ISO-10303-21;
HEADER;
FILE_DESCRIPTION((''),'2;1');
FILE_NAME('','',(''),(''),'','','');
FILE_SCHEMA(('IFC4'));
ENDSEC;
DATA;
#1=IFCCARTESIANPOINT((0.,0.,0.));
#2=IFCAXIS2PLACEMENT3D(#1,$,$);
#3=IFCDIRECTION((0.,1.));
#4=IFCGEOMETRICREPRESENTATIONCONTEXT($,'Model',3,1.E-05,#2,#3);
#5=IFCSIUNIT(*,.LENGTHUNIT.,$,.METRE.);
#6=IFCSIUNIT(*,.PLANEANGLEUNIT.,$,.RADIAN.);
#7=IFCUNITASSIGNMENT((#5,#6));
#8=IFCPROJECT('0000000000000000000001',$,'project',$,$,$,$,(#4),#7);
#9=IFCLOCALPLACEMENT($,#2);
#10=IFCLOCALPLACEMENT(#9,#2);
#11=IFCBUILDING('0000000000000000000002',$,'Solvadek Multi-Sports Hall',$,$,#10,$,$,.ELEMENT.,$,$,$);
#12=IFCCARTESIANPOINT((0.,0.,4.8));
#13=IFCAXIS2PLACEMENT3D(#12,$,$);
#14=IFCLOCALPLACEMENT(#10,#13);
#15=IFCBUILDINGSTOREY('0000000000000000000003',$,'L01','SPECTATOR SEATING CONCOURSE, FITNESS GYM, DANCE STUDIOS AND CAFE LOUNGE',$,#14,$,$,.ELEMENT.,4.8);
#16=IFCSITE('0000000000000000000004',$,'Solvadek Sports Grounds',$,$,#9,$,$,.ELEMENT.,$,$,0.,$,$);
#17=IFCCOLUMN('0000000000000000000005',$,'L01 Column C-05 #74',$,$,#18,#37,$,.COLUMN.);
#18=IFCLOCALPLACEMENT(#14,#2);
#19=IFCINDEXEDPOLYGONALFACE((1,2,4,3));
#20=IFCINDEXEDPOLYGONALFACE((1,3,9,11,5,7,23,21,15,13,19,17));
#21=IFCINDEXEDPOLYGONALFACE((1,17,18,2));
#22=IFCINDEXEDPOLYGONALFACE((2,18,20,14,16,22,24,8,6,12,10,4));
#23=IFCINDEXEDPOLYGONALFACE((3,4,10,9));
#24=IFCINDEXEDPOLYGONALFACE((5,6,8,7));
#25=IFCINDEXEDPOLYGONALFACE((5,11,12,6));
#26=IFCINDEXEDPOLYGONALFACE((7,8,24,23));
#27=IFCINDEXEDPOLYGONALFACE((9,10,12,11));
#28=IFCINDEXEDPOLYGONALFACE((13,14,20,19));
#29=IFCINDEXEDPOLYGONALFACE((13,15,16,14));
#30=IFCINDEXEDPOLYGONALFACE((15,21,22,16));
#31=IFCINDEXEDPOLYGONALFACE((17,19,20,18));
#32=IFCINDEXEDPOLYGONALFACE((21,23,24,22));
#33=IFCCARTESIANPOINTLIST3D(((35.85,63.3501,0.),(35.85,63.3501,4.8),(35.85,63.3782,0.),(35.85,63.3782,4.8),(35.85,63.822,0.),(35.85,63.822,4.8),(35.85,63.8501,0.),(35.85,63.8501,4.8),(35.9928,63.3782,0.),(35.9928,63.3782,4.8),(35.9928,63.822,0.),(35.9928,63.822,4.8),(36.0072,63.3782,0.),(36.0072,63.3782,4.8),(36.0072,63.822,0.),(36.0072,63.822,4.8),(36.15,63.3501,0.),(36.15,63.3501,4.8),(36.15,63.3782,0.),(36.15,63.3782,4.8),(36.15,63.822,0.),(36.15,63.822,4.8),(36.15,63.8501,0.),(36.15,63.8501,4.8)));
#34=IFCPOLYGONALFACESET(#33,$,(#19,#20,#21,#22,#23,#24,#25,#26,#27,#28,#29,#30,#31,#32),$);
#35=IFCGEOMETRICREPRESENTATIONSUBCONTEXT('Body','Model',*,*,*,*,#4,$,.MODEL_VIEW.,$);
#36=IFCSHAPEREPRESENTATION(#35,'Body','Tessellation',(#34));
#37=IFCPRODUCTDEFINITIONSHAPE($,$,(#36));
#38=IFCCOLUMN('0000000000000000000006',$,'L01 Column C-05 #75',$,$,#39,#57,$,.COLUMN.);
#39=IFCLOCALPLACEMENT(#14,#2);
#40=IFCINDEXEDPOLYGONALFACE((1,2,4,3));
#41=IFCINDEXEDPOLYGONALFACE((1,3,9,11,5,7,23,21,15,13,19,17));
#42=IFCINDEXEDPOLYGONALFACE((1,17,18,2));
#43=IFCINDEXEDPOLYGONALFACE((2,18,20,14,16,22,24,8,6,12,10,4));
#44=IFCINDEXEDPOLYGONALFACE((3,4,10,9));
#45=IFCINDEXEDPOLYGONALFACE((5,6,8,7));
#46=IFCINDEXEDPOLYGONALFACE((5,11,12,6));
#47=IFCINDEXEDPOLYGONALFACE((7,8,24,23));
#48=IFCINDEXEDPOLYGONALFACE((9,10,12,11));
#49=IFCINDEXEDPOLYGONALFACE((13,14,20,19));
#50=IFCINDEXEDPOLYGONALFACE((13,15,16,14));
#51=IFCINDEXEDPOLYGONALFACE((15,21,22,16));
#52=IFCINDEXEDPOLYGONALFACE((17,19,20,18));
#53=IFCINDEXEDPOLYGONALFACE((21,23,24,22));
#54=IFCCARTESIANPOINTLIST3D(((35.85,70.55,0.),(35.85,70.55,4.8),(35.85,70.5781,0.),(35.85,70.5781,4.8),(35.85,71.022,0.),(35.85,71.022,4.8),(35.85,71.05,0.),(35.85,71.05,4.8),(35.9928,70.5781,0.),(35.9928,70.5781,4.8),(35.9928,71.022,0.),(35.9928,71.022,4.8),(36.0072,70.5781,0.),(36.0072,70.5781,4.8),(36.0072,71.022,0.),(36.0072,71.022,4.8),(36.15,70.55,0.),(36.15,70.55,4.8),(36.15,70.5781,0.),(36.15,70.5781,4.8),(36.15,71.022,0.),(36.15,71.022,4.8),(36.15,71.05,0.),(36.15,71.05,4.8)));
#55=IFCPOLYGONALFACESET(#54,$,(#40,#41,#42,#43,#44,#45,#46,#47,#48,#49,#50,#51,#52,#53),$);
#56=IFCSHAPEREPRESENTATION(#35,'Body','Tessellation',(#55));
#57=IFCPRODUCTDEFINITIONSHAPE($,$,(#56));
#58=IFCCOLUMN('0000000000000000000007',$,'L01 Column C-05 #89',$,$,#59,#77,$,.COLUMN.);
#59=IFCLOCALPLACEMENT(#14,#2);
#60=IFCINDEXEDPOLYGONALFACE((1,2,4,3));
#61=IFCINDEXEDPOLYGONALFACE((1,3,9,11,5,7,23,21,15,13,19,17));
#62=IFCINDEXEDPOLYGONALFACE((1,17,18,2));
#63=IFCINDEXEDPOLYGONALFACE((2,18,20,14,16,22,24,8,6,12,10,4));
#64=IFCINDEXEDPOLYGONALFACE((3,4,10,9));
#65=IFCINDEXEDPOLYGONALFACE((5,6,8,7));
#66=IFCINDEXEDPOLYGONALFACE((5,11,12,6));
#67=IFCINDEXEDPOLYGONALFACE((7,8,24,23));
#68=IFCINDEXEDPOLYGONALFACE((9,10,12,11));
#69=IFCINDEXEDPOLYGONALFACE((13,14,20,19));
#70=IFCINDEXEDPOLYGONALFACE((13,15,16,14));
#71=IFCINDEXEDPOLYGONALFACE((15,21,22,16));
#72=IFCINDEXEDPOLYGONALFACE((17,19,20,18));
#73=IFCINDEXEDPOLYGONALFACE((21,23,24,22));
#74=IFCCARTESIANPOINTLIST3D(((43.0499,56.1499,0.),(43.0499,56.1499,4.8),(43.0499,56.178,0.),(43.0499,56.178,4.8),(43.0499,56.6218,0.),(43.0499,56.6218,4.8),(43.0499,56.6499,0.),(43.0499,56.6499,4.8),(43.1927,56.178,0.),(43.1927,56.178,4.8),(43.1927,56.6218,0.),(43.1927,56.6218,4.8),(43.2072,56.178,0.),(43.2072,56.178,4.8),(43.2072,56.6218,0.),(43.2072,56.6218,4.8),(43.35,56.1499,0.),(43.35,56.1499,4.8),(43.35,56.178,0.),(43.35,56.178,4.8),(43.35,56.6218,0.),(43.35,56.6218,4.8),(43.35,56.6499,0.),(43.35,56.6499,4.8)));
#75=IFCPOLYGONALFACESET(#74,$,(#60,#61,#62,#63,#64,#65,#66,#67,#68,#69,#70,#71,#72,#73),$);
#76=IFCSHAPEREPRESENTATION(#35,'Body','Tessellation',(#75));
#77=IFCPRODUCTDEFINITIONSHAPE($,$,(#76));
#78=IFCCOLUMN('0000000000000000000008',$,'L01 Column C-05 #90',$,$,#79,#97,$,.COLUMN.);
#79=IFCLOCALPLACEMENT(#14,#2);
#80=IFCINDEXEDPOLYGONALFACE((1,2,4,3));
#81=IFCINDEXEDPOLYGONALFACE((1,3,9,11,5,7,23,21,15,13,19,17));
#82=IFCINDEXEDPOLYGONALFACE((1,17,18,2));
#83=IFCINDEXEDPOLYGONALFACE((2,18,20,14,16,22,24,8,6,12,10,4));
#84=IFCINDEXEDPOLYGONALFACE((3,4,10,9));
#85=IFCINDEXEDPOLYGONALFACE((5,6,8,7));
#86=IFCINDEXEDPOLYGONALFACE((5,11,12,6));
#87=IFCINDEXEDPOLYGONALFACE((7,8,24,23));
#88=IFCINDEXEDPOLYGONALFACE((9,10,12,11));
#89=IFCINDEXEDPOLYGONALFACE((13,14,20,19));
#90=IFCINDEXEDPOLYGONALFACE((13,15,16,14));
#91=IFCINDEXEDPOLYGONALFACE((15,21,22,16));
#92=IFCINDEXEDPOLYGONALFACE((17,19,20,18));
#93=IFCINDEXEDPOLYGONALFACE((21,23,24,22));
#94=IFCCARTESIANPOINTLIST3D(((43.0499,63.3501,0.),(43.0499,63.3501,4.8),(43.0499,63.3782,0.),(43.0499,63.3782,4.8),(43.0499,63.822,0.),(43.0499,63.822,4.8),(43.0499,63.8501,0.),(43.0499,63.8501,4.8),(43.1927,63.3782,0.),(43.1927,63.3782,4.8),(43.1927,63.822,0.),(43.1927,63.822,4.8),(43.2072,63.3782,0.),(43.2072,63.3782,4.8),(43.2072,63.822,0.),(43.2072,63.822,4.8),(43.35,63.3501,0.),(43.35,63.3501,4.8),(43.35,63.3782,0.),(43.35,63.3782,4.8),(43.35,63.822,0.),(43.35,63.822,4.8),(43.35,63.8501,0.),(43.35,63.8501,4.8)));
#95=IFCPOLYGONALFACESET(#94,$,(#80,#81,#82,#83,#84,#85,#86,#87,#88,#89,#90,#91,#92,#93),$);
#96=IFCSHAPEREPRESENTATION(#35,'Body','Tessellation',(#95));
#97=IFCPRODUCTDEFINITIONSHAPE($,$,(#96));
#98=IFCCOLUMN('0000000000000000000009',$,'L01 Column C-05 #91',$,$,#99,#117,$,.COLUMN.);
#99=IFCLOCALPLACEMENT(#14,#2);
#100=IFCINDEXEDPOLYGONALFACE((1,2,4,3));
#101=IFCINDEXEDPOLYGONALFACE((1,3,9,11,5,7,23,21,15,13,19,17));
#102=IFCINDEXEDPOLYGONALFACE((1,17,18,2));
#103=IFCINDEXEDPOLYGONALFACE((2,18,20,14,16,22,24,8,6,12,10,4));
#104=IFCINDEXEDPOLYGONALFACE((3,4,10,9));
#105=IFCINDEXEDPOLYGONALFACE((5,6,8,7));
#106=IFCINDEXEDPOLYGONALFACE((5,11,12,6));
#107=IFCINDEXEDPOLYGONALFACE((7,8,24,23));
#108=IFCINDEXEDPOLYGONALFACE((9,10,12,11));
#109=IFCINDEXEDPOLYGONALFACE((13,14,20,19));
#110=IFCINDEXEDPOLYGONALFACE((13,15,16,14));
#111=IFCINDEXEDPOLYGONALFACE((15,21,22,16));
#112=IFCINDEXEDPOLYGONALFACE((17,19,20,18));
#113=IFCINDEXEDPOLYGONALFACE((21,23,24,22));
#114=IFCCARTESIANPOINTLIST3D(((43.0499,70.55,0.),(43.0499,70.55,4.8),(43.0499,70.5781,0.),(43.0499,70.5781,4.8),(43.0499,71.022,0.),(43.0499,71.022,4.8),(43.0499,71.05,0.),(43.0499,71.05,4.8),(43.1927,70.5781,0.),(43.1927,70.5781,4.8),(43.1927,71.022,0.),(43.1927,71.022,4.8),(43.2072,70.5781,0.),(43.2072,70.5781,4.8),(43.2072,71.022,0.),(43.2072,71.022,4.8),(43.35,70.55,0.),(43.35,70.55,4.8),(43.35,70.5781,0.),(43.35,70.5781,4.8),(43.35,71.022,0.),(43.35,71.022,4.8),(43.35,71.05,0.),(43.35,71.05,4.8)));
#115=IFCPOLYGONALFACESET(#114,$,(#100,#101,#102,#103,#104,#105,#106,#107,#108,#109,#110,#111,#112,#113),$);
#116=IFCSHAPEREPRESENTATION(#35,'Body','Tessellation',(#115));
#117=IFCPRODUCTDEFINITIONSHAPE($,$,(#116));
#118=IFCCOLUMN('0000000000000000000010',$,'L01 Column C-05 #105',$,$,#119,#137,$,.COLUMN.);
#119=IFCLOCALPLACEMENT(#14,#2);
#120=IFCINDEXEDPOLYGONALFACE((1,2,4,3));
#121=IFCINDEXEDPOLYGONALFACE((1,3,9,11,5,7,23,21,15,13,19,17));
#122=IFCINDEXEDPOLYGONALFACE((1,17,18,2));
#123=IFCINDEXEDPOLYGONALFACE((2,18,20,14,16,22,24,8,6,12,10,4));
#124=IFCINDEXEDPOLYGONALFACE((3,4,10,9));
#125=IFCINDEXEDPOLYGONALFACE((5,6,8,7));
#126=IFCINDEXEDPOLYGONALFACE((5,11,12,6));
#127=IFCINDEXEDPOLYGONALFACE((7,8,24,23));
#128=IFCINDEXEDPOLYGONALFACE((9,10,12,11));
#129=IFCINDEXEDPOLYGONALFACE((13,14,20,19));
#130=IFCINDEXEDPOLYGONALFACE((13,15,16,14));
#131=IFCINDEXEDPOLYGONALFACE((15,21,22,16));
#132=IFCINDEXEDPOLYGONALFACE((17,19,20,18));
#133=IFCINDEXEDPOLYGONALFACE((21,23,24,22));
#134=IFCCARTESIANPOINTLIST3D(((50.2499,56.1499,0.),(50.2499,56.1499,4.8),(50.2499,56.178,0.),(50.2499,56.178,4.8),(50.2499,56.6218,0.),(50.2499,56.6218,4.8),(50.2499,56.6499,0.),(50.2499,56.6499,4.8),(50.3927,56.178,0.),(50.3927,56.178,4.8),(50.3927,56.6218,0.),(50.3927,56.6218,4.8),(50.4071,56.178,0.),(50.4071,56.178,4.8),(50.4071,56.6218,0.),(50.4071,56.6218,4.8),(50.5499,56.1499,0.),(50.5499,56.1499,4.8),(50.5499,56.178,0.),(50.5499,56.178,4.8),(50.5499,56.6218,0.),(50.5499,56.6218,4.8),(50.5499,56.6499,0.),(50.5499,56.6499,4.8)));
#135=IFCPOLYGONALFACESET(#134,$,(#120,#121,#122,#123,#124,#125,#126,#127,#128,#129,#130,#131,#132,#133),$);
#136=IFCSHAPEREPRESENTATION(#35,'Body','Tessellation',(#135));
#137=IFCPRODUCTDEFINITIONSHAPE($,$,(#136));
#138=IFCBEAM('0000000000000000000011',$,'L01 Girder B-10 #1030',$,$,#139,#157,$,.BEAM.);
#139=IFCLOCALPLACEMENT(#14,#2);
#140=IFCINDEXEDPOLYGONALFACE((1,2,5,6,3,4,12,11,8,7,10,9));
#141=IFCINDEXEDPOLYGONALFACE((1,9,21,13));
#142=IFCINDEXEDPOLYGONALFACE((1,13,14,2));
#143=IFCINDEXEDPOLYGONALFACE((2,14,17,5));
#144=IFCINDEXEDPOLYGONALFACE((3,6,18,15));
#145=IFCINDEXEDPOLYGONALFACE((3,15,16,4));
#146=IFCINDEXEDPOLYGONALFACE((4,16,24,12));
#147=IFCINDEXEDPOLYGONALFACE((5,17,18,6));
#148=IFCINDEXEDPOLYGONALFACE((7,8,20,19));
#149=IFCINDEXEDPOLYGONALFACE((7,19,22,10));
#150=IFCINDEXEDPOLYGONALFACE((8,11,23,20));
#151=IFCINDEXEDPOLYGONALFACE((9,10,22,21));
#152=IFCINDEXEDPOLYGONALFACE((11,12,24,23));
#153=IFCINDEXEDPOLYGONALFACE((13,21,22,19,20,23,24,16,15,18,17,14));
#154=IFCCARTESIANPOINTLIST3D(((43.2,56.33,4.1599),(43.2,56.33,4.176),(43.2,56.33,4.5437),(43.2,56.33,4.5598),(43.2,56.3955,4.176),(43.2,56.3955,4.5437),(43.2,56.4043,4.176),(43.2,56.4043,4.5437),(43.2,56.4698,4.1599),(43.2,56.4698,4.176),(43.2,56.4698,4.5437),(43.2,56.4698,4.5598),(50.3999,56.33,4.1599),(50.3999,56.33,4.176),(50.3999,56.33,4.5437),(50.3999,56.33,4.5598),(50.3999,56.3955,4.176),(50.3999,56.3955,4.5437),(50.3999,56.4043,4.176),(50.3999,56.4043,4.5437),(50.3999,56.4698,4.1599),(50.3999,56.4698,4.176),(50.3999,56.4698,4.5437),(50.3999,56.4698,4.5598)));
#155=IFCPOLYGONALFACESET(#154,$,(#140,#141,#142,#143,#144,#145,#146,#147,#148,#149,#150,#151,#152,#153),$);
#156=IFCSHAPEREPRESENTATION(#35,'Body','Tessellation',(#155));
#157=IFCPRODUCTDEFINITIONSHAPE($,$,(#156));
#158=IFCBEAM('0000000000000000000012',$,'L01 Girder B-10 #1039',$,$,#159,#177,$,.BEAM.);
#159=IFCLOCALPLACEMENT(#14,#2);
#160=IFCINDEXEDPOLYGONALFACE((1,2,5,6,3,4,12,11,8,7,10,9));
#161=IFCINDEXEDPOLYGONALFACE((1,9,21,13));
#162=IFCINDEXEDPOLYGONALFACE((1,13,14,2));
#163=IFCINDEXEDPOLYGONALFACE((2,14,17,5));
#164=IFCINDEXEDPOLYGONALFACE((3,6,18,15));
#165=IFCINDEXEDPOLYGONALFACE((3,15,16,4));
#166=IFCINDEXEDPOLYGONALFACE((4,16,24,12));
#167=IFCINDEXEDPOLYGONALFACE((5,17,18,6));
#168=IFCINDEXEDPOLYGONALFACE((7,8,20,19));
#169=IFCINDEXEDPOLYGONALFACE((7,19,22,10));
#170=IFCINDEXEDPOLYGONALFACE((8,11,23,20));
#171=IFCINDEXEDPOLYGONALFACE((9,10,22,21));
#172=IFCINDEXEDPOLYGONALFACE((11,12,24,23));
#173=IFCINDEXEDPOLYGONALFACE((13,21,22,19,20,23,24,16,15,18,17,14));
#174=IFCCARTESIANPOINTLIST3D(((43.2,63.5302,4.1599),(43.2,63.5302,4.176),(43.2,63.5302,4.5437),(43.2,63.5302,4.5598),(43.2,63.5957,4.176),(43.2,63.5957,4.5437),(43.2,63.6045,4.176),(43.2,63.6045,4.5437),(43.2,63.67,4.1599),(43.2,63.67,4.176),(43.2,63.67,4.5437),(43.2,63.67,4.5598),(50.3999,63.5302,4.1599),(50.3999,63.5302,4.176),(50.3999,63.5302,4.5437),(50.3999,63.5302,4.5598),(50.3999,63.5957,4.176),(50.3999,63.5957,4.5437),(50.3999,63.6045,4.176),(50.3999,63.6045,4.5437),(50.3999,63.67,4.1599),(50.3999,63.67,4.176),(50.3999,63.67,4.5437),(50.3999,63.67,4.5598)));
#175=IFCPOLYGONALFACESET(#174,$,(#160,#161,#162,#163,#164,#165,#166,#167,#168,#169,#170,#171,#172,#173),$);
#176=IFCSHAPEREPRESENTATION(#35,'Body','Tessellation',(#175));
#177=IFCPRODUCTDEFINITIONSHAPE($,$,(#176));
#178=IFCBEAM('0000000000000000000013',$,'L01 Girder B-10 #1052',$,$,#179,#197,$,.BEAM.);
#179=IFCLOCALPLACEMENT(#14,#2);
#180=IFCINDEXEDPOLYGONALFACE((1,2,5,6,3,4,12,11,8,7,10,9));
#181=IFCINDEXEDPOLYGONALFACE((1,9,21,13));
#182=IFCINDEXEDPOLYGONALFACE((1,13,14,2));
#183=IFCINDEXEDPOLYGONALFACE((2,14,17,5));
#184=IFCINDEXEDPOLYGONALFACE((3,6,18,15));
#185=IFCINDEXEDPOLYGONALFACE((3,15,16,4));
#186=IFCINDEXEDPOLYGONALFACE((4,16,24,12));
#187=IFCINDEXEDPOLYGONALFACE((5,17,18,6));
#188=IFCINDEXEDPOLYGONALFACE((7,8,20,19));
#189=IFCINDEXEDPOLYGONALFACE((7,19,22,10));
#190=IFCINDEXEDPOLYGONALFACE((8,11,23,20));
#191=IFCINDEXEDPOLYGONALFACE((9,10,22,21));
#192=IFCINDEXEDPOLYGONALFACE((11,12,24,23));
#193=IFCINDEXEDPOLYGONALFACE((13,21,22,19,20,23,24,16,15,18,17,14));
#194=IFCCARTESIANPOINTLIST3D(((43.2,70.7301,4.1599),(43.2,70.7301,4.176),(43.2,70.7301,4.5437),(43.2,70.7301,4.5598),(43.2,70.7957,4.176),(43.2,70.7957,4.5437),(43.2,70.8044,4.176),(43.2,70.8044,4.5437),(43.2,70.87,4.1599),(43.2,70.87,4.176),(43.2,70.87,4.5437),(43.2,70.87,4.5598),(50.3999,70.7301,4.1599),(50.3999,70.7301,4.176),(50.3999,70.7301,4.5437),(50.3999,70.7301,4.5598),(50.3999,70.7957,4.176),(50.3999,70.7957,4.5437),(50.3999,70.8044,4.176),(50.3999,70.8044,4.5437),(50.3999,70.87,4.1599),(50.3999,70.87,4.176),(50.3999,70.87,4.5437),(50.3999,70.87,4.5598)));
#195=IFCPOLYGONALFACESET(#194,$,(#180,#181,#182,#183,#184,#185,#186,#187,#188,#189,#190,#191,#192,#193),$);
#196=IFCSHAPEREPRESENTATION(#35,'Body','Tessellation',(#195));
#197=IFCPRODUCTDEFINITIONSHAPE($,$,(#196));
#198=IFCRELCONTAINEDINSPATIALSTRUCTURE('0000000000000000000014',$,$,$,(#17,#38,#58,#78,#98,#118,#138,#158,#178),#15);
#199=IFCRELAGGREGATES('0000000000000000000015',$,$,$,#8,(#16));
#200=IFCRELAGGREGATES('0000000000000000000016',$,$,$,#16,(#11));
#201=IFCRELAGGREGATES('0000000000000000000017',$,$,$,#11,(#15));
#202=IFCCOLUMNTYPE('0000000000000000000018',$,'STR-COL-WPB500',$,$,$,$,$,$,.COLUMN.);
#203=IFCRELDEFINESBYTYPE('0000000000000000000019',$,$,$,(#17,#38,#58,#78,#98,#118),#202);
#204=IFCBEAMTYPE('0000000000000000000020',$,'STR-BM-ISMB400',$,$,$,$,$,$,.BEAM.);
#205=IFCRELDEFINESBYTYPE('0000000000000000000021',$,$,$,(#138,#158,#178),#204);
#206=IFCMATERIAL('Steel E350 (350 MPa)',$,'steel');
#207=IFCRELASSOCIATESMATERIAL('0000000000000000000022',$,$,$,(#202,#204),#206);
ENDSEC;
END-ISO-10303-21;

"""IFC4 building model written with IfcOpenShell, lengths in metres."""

from ifc_helpers import new_model, si_unit, direction, frame, origin, origin_2d, place, context, subcontext, project, spatial, i_section, extrude, material, material_profile, profile_set, type_object, element, save


model = new_model("IFC4")

# Units and contexts
model_context = context("Model", 3, precision=1e-05, world=origin(), true_north=direction((0.0, 1.0)))
body_context = subcontext(model_context, "Body", "Model", "MODEL_VIEW")
ifc_project = project(units=[si_unit("LENGTHUNIT", "METRE"), si_unit("PLANEANGLEUNIT", "RADIAN")], contexts=[model_context])

# Site, building, storey
site_placement = place(None, origin())
site = spatial("IfcSite", under=ifc_project, at=site_placement, Name="Solvadek Sports Grounds", CompositionType="ELEMENT", RefElevation=0.0)
building_placement = place(site_placement, origin())
building = spatial("IfcBuilding", under=site, at=building_placement, Name="Solvadek Multi-Sports Hall", CompositionType="ELEMENT")
storey_placement = place(building_placement, frame((0.0, 0.0, 4.8)))
storey = spatial("IfcBuildingStorey", under=building, at=storey_placement, Name="L01", Description="SPECTATOR SEATING CONCOURSE, FITNESS GYM, DANCE STUDIOS AND CAFE LOUNGE", CompositionType="ELEMENT", Elevation=4.8)

# Columns
ifc_material = material(Name="Steel E350 (350 MPa)", Category="steel")
ifc_material_profile_1 = material_profile(ifc_material, i_section(OverallWidth=0.3, OverallDepth=0.5, WebThickness=0.0144, FlangeThickness=0.0281, at=origin_2d()), Name="WPB 500")
ifc_profile_set_1 = profile_set([ifc_material_profile_1], Name="Steel E350 (350 MPa)")
column_type = type_object("IfcColumnType", Name="STR-COL-WPB500", PredefinedType="COLUMN", material=ifc_profile_set_1)
for number, where, z_axis, x_axis, name in (
    (1, (36.0, 63.6001, 0.0), (0.0, 0.0, 1.0), (1.0, 0.0, 0.0), "L01 Column C-05 #74"),
    (2, (36.0, 70.8, 0.0), (0.0, 0.0, 1.0), (1.0, 0.0, 0.0), "L01 Column C-05 #75"),
    (3, (43.2, 56.3999, 0.0), (0.0, 0.0, 1.0), (1.0, 0.0, 0.0), "L01 Column C-05 #89"),
    (4, (43.2, 63.6001, 0.0), (0.0, 0.0, 1.0), (1.0, 0.0, 0.0), "L01 Column C-05 #90"),
    (5, (43.2, 70.8, 0.0), (0.0, 0.0, 1.0), (1.0, 0.0, 0.0), "L01 Column C-05 #91"),
    (6, (50.3999, 56.3999, 0.0), (0.0, 0.0, 1.0), (1.0, 0.0, 0.0), "L01 Column C-05 #105"),
):
    element("IfcColumn", number, at=place(storey_placement, frame(where, z_axis=z_axis, x_axis=x_axis)), inside=storey, type_object=column_type, Name=name, PredefinedType="COLUMN", context=body_context, shape_type="SweptSolid", body=[
        extrude(i_section(OverallWidth=0.3, OverallDepth=0.5, WebThickness=0.0144, FlangeThickness=0.0281, at=origin_2d()), origin(), (0.0, 0.0, 1.0), 4.8),
    ])

# Beams
ifc_material_profile_2 = material_profile(ifc_material, i_section(OverallWidth=0.1399, OverallDepth=0.3999, WebThickness=0.0088, FlangeThickness=0.0161, at=origin_2d()), Name="ISMB 400")
ifc_profile_set_2 = profile_set([ifc_material_profile_2], Name="Steel E350 (350 MPa)")
beam_type_1 = type_object("IfcBeamType", Name="STR-BM-ISMB400", PredefinedType="BEAM", material=ifc_profile_set_2)
for number, where, z_axis, x_axis, name in (
    (7, (43.2, 56.3999, 4.3599), (1.0, 0.0, 0.0), (0.0, 1.0, 0.0), "L01 Girder B-10 #1030"),
    (8, (43.2, 63.6001, 4.3599), (1.0, 0.0, 0.0), (0.0, 1.0, 0.0), "L01 Girder B-10 #1039"),
    (9, (43.2, 70.8, 4.3599), (1.0, 0.0, 0.0), (0.0, 1.0, 0.0), "L01 Girder B-10 #1052"),
):
    element("IfcBeam", number, at=place(storey_placement, frame(where, z_axis=z_axis, x_axis=x_axis)), inside=storey, type_object=beam_type_1, Name=name, PredefinedType="BEAM", context=body_context, shape_type="SweptSolid", body=[
        extrude(i_section(OverallWidth=0.1399, OverallDepth=0.3999, WebThickness=0.0088, FlangeThickness=0.0161, at=origin_2d()), origin(), (0.0, 0.0, 1.0), 7.2),
    ])

save(model, "model.ifc")
